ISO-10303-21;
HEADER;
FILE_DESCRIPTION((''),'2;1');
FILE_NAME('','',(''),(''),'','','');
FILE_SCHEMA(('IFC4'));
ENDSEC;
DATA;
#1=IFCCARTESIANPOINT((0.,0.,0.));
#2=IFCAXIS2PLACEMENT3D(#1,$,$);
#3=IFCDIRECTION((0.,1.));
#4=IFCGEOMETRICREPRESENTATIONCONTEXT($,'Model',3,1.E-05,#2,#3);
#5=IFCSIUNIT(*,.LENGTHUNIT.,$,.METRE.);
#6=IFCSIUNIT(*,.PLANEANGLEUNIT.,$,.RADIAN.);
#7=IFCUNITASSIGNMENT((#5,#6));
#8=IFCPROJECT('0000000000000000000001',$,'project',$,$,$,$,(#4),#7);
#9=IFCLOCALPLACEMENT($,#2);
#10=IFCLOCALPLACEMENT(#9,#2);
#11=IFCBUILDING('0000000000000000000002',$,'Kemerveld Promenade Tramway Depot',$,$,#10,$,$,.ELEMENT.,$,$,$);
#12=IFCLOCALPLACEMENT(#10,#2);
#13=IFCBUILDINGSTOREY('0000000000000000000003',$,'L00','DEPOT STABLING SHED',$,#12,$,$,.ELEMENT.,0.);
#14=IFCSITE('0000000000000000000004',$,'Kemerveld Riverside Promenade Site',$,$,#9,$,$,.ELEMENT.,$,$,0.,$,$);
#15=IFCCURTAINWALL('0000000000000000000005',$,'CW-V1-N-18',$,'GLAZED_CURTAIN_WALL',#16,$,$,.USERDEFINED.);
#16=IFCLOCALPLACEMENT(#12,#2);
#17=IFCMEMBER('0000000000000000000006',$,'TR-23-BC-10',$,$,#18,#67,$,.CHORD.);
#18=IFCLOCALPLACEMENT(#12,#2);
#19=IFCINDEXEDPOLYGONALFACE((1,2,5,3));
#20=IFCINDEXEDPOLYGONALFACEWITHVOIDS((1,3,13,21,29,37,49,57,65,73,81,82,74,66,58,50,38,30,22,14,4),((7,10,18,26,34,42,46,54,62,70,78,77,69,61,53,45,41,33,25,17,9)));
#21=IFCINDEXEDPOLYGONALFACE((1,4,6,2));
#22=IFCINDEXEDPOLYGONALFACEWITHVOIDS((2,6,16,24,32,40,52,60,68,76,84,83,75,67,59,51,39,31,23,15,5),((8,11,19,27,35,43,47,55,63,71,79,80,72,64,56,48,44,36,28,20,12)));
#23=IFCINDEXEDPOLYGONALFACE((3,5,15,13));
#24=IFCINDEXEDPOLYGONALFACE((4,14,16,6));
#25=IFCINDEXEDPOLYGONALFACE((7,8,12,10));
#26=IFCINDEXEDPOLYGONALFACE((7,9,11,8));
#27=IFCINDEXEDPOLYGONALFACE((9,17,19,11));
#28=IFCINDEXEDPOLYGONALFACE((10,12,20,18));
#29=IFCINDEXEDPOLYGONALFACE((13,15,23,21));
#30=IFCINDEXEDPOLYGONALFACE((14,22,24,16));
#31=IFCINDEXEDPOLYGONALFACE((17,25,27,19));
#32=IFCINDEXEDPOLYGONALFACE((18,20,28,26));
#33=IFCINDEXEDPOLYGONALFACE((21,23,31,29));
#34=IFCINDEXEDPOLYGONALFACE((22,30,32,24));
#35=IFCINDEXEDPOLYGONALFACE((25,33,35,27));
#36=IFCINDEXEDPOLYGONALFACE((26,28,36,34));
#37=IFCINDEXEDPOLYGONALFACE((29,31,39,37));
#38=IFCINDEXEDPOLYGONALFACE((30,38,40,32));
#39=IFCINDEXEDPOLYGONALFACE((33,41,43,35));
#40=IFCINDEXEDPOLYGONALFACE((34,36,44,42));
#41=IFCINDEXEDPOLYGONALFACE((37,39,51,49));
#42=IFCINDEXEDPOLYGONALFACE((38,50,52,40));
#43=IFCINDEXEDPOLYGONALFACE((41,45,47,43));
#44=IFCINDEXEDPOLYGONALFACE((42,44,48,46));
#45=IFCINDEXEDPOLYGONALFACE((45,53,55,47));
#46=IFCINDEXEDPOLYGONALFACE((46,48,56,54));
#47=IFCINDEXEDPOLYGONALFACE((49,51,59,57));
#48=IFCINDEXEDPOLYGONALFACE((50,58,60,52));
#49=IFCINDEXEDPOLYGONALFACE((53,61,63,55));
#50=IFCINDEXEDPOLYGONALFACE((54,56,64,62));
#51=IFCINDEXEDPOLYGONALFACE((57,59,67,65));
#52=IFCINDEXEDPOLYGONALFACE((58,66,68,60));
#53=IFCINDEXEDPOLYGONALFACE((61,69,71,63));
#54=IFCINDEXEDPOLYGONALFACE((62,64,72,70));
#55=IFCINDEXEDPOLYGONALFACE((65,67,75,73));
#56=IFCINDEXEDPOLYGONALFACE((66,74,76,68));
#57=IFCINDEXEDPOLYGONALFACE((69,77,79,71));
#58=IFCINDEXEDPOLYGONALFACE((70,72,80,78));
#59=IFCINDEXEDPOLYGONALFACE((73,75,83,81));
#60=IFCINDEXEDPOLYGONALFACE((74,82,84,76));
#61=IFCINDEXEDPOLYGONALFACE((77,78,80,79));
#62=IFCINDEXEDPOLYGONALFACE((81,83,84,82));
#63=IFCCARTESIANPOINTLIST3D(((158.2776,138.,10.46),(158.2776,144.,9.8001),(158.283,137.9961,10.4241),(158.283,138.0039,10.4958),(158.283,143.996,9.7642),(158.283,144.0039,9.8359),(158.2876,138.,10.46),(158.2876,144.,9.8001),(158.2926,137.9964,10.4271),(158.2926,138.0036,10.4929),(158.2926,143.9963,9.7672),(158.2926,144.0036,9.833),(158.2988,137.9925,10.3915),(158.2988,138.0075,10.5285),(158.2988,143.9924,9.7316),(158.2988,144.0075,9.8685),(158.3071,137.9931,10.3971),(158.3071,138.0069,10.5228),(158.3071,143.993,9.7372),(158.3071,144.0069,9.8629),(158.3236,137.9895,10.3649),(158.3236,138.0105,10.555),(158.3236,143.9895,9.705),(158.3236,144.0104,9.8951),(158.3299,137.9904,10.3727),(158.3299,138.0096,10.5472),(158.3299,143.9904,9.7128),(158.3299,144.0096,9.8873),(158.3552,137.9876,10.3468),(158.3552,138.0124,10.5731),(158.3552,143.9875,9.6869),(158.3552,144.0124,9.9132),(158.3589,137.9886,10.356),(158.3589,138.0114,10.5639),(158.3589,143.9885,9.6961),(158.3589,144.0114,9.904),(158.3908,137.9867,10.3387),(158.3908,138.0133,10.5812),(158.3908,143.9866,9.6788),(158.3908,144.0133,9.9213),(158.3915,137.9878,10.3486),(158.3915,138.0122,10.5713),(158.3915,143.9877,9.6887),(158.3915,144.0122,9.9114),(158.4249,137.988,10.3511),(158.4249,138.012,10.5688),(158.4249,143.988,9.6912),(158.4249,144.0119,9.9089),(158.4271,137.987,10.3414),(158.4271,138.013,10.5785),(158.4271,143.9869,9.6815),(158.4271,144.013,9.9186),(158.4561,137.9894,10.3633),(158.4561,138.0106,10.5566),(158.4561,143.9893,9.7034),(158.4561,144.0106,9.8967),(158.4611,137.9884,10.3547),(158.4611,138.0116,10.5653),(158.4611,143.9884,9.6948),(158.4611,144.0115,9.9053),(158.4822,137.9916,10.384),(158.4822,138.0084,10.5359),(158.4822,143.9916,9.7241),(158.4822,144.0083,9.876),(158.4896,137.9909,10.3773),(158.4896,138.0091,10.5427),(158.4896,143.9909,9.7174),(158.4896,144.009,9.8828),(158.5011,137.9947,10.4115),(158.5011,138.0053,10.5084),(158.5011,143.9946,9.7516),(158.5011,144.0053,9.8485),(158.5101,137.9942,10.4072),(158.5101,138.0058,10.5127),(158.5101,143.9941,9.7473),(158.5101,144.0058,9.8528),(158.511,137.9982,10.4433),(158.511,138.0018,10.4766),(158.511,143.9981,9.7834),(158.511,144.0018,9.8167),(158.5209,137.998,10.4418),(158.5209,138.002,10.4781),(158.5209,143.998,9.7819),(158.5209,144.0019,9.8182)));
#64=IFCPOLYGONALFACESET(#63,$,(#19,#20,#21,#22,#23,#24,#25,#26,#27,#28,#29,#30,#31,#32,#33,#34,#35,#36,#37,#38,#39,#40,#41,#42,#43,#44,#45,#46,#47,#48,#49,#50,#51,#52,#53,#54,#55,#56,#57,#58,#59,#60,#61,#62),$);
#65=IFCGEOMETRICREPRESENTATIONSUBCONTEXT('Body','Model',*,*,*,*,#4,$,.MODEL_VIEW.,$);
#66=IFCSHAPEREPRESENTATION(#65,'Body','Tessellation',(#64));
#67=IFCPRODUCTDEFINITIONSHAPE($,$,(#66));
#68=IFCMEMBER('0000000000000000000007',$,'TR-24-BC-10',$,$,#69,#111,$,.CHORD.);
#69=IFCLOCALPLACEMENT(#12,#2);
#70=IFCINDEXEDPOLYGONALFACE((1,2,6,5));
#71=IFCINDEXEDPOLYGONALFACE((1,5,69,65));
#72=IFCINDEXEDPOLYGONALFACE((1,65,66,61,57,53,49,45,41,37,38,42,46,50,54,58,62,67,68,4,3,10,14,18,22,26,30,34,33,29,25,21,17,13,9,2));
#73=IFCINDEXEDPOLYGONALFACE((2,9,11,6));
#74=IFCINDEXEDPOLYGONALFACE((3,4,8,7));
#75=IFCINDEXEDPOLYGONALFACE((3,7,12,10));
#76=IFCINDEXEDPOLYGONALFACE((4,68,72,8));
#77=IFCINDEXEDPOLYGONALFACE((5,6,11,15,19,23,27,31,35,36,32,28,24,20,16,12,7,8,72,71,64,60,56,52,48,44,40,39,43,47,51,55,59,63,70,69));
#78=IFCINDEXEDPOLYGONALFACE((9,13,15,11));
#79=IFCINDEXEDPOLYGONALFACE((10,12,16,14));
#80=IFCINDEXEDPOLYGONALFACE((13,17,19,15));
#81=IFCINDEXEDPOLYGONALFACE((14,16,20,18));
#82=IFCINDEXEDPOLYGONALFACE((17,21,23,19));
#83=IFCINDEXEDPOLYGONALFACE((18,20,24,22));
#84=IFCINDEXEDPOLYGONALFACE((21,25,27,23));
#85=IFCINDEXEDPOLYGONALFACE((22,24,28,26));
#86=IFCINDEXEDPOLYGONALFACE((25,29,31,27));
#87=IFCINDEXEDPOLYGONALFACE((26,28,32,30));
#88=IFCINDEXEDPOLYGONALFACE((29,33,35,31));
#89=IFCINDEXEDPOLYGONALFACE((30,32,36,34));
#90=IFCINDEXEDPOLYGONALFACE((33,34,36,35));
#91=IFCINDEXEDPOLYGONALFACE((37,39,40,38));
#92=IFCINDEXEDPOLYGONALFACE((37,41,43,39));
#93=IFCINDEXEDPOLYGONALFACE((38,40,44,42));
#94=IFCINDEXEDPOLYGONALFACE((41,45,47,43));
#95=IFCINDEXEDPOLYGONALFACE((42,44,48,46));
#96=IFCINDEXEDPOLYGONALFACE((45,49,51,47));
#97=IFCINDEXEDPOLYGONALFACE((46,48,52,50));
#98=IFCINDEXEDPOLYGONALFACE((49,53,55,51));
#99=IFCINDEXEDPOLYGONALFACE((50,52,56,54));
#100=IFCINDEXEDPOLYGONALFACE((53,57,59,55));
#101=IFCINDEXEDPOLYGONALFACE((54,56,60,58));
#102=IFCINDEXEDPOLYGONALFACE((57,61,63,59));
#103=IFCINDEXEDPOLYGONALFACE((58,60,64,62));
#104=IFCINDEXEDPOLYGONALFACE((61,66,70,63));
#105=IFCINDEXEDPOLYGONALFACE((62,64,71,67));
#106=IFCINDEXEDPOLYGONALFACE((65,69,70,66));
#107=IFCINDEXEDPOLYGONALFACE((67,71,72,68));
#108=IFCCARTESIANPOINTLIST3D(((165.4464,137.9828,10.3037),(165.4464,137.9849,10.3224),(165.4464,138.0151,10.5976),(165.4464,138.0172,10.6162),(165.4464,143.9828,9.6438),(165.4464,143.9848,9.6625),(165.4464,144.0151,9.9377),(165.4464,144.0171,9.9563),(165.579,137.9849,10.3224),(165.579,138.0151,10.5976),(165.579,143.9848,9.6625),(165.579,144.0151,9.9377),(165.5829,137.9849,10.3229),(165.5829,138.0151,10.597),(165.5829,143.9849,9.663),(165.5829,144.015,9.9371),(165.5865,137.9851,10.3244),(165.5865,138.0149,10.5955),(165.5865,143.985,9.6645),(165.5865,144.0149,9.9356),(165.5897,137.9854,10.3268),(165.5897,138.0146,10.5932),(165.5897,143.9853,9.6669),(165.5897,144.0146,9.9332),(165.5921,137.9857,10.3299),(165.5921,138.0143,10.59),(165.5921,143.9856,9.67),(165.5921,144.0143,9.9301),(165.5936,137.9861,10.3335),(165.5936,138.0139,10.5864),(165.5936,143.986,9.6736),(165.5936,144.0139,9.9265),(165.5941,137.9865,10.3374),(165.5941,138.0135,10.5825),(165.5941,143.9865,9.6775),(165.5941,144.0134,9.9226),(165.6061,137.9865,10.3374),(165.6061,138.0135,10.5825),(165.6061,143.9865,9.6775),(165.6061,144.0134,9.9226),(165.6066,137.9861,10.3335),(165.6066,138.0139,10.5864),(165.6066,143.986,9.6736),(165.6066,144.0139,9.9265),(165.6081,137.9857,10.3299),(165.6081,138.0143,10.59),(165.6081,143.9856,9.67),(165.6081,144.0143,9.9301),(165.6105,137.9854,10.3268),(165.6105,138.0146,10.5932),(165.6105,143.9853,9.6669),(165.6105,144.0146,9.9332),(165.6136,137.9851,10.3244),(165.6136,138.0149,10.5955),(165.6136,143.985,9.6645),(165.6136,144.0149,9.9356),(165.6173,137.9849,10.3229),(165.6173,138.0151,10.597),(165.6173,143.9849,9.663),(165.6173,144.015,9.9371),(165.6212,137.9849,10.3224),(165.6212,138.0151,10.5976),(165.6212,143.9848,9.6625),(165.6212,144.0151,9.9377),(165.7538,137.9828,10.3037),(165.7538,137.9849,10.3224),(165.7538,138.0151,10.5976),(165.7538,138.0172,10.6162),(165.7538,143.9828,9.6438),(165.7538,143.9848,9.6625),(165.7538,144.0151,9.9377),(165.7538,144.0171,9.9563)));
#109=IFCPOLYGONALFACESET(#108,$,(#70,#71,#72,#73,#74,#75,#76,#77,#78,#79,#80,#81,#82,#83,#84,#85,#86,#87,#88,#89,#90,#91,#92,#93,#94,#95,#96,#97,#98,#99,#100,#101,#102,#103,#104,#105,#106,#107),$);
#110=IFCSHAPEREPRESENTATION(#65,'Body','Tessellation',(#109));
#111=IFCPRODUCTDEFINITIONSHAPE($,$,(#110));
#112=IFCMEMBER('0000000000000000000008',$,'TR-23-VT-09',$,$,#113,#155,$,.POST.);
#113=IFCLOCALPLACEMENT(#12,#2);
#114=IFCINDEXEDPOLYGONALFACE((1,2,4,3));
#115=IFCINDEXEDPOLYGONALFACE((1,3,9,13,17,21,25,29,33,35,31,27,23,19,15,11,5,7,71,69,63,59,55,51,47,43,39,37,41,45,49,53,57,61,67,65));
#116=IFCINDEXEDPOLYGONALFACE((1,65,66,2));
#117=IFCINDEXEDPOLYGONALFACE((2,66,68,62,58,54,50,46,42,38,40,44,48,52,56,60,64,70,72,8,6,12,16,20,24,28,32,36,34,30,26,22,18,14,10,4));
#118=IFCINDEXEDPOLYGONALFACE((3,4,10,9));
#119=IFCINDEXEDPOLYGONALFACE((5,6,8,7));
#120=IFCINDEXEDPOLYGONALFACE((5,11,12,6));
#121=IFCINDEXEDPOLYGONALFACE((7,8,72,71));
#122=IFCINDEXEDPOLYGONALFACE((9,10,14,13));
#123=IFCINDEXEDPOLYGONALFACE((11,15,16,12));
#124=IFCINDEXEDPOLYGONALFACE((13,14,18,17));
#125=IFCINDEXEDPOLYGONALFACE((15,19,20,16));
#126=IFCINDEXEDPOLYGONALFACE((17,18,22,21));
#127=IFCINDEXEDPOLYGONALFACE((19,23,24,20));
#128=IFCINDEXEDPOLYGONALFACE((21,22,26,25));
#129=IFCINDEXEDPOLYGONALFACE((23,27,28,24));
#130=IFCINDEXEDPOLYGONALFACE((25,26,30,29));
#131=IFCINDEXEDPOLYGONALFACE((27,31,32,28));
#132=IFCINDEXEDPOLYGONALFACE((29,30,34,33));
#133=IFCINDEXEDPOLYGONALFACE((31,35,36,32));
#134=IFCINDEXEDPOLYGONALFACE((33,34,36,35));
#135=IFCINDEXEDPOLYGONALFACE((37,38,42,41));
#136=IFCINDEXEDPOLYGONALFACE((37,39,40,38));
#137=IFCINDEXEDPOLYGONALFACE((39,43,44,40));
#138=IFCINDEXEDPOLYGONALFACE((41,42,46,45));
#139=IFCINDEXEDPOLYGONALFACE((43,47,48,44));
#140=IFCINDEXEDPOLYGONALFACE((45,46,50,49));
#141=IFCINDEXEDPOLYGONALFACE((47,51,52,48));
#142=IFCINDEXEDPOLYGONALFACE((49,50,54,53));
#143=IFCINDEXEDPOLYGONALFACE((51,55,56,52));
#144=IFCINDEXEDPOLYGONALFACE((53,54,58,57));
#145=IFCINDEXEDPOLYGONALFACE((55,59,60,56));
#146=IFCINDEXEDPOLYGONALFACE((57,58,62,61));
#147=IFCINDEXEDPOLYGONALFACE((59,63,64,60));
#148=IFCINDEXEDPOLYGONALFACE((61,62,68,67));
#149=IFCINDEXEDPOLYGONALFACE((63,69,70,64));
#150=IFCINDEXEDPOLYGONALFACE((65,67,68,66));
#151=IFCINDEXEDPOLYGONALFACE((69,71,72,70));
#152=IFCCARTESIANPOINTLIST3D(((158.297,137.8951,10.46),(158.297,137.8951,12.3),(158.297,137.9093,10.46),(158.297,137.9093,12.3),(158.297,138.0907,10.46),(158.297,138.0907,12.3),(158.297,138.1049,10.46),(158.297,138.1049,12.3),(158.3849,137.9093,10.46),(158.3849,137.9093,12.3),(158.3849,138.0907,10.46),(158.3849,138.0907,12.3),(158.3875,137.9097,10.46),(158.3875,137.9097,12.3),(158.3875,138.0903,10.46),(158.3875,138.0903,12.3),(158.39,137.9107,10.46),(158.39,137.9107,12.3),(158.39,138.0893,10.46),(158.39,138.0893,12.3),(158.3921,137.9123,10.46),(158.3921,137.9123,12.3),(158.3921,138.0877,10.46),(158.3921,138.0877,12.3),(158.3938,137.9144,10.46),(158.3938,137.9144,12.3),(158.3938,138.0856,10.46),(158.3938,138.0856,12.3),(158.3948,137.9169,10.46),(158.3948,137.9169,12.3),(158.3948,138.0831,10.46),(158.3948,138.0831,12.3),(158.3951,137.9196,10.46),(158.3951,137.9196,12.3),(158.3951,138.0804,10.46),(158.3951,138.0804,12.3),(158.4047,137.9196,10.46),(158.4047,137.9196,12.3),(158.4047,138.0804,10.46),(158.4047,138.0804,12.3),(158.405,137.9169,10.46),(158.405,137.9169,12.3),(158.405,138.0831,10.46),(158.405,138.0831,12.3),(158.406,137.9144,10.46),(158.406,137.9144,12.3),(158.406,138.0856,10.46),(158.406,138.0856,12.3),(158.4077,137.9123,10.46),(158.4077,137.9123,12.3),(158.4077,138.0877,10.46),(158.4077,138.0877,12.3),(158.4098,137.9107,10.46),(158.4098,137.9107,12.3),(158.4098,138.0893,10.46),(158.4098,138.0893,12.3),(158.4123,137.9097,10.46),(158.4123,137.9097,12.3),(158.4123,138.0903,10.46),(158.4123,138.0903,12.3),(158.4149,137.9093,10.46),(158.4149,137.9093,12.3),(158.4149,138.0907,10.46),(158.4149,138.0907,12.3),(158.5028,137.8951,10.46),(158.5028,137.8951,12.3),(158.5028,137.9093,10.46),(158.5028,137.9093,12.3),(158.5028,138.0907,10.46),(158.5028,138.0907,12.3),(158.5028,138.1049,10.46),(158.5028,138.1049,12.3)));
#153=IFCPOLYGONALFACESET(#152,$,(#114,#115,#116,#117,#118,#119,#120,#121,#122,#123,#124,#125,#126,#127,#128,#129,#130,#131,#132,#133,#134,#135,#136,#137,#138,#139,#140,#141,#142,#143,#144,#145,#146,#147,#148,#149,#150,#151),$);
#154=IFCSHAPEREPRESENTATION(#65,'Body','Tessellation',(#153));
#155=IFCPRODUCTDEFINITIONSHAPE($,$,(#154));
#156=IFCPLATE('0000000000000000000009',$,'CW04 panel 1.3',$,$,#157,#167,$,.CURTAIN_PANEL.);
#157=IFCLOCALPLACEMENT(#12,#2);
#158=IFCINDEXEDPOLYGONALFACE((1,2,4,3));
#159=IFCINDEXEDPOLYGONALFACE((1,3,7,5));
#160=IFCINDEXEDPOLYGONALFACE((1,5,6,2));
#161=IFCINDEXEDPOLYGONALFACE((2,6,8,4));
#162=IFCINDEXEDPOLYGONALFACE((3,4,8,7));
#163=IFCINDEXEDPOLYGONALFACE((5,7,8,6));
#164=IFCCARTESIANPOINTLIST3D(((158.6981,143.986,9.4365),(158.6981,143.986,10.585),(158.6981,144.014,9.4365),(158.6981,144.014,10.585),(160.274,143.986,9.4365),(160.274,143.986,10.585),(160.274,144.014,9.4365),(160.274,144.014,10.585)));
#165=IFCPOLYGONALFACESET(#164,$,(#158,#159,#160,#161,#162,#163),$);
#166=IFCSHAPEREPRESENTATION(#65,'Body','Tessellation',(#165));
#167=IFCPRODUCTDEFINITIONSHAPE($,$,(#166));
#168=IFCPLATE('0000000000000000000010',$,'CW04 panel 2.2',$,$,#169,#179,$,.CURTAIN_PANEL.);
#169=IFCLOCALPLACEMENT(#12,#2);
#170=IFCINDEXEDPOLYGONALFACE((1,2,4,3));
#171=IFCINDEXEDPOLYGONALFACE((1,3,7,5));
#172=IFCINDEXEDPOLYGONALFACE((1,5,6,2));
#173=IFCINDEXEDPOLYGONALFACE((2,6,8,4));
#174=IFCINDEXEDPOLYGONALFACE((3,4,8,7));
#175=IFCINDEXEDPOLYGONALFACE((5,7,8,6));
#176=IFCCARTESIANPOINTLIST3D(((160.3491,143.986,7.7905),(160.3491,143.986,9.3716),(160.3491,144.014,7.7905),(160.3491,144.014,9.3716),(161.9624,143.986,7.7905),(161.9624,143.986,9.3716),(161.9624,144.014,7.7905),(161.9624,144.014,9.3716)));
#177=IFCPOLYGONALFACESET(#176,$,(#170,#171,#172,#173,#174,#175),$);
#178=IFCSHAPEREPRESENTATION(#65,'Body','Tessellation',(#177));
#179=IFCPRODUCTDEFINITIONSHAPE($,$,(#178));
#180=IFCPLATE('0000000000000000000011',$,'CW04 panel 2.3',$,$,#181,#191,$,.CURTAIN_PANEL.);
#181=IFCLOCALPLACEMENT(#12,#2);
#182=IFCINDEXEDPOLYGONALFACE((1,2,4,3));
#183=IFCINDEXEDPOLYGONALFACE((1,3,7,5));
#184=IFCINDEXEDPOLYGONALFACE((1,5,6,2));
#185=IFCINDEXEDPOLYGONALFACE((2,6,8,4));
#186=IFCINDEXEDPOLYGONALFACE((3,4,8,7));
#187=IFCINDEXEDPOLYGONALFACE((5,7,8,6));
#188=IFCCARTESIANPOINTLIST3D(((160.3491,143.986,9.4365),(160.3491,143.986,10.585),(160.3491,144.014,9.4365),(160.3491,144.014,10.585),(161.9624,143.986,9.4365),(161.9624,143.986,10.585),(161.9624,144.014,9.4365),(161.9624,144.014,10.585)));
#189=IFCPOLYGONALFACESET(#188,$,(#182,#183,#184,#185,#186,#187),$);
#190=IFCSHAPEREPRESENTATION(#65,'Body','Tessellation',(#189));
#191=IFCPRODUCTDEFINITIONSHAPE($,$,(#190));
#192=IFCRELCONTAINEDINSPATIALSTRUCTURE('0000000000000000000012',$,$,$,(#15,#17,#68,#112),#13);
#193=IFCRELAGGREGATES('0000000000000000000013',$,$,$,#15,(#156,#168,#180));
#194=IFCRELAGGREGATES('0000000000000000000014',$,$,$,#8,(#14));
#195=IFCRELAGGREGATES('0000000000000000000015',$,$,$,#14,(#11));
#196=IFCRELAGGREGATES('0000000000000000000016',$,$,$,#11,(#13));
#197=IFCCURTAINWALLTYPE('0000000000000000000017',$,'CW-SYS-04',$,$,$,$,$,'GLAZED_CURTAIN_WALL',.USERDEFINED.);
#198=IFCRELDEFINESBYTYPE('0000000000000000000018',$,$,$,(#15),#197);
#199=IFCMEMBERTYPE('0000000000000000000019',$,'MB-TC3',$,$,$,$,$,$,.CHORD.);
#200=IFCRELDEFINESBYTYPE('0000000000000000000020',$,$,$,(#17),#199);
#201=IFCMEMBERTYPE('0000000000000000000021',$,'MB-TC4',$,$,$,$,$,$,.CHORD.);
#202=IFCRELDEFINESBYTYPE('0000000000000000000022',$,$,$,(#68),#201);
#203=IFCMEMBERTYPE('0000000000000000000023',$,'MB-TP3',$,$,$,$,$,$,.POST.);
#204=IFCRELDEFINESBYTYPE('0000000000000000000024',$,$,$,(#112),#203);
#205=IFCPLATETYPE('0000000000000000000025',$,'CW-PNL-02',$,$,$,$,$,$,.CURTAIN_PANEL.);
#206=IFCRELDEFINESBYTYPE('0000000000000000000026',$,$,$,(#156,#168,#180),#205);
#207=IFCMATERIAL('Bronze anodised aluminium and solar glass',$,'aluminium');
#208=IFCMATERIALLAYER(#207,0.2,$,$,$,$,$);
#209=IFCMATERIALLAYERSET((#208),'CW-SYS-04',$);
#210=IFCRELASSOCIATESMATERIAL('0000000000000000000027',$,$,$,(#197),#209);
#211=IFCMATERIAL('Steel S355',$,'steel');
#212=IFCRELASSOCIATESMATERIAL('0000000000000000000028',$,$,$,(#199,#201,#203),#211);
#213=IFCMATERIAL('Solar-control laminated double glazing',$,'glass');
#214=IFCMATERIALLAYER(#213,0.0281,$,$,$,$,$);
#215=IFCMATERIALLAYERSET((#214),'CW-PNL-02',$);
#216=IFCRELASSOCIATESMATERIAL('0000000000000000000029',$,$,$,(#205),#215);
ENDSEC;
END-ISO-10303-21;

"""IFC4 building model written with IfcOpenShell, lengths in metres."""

from ifc_helpers import new_model, si_unit, direction, frame, origin, origin_2d, place, context, subcontext, project, spatial, rectangle, hollow_circle, i_section, extrude, material, layer, layer_set, material_profile, profile_set, type_object, element, aggregate, save


model = new_model("IFC4")

# Units and contexts
model_context = context("Model", 3, precision=1e-05, world=origin(), true_north=direction((0.0, 1.0)))
body_context = subcontext(model_context, "Body", "Model", "MODEL_VIEW")
ifc_project = project(units=[si_unit("LENGTHUNIT", "METRE"), si_unit("PLANEANGLEUNIT", "RADIAN")], contexts=[model_context])

# Site, building, storey
site_placement = place(None, origin())
site = spatial("IfcSite", under=ifc_project, at=site_placement, Name="Kemerveld Riverside Promenade Site", CompositionType="ELEMENT", RefElevation=0.0)
building_placement = place(site_placement, origin())
building = spatial("IfcBuilding", under=site, at=building_placement, Name="Kemerveld Promenade Tramway Depot", CompositionType="ELEMENT")
storey_placement = place(building_placement, origin())
storey = spatial("IfcBuildingStorey", under=building, at=storey_placement, Name="L00", Description="DEPOT STABLING SHED", CompositionType="ELEMENT", Elevation=0.0)

# Shared definitions
ifc_material_1 = material(Name="Steel S355", Category="steel")

# Shared definitions
ifc_material_2 = material(Name="Bronze anodised aluminium and solar glass", Category="aluminium")

# Curtain wall
ifc_layer_1 = layer(ifc_material_2, 0.2)
ifc_layer_set_1 = layer_set([ifc_layer_1], Name="CW-SYS-04")
curtain_wall_type_1 = type_object("IfcCurtainWallType", Name="CW-SYS-04", ElementType="GLAZED_CURTAIN_WALL", PredefinedType="USERDEFINED", material=ifc_layer_set_1)
curtain_wall_1_placement = place(storey_placement, origin())
curtain_wall_1 = element("IfcCurtainWall", 1, at=curtain_wall_1_placement, inside=storey, type_object=curtain_wall_type_1, Name="CW-V1-N-18", ObjectType="GLAZED_CURTAIN_WALL", PredefinedType="USERDEFINED")

# Members
ifc_material_profile_1 = material_profile(ifc_material_1, hollow_circle(Radius=0.1223, WallThickness=0.01, at=origin_2d()), Name="244.5x10.0 CHS")
ifc_profile_set_1 = profile_set([ifc_material_profile_1], Name="Steel S355")
member_type_1 = type_object("IfcMemberType", Name="MB-TC3", PredefinedType="CHORD", material=ifc_profile_set_1)
member_1_placement = place(storey_placement, frame((158.3999, 138.0, 10.46), z_axis=(0.0, 0.994006, -0.109326), x_axis=(-1.0, 0.0, 0.0)))
element("IfcMember", 2, at=member_1_placement, inside=storey, type_object=member_type_1, Name="TR-23-BC-10", PredefinedType="CHORD", context=body_context, shape_type="SweptSolid", body=[
    extrude(hollow_circle(Radius=0.1223, WallThickness=0.01, at=origin_2d()), origin(), (0.0, 0.0, 1.0), 6.0361),
])
ifc_material_profile_2 = material_profile(ifc_material_1, i_section(OverallWidth=0.3074, OverallDepth=0.3145, WebThickness=0.012, FlangeThickness=0.0188, FilletRadius=0.0151, at=origin_2d()), Name="305x305x118 UC")
ifc_profile_set_2 = profile_set([ifc_material_profile_2], Name="Steel S355")
member_type_2 = type_object("IfcMemberType", Name="MB-TC4", PredefinedType="CHORD", material=ifc_profile_set_2)
member_2_placement = place(storey_placement, frame((165.6001, 138.0, 10.46), z_axis=(0.0, 0.994006, -0.109326), x_axis=(-1.0, 0.0, 0.0)))
element("IfcMember", 3, at=member_2_placement, inside=storey, type_object=member_type_2, Name="TR-24-BC-10", PredefinedType="CHORD", context=body_context, shape_type="SweptSolid", body=[
    extrude(i_section(OverallWidth=0.3074, OverallDepth=0.3145, WebThickness=0.012, FlangeThickness=0.0188, FilletRadius=0.0151, at=origin_2d()), origin(), (0.0, 0.0, 1.0), 6.0361),
])
ifc_material_profile_3 = material_profile(ifc_material_1, i_section(OverallWidth=0.2058, OverallDepth=0.2097, WebThickness=0.0095, FlangeThickness=0.0142, FilletRadius=0.0103, at=origin_2d()), Name="203x203x60 UC")
ifc_profile_set_3 = profile_set([ifc_material_profile_3], Name="Steel S355")
member_type_3 = type_object("IfcMemberType", Name="MB-TP3", PredefinedType="POST", material=ifc_profile_set_3)
member_3_placement = place(storey_placement, frame((158.3999, 138.0, 10.46), z_axis=(0.0, 0.0, 1.0), x_axis=(1.0, 0.0, 0.0)))
element("IfcMember", 4, at=member_3_placement, inside=storey, type_object=member_type_3, Name="TR-23-VT-09", PredefinedType="POST", context=body_context, shape_type="SweptSolid", body=[
    extrude(i_section(OverallWidth=0.2058, OverallDepth=0.2097, WebThickness=0.0095, FlangeThickness=0.0142, FilletRadius=0.0103, at=origin_2d()), origin(), (0.0, 0.0, 1.0), 1.8401),
])

# Plates
ifc_material_3 = material(Name="Solar-control laminated double glazing", Category="glass")
ifc_layer_2 = layer(ifc_material_3, 0.0281)
ifc_layer_set_2 = layer_set([ifc_layer_2], Name="CW-PNL-02")
plate_type_1 = type_object("IfcPlateType", Name="CW-PNL-02", PredefinedType="CURTAIN_PANEL", material=ifc_layer_set_2)
plate_1_placement = place(storey_placement, frame((159.4861, 144.0, 9.4365), z_axis=(0.0, 0.0, 1.0), x_axis=(1.0, 0.0, 0.0)))
plate_1 = element("IfcPlate", 5, at=plate_1_placement, type_object=plate_type_1, Name="CW04 panel 1.3", PredefinedType="CURTAIN_PANEL", context=body_context, shape_type="SweptSolid", body=[
    extrude(rectangle(XDim=1.5759, YDim=0.0281, at=origin_2d()), origin(), (0.0, 0.0, 1.0), 1.1484),
])
plate_2_placement = place(storey_placement, frame((161.1558, 144.0, 7.7905), z_axis=(0.0, 0.0, 1.0), x_axis=(1.0, 0.0, 0.0)))
plate_2 = element("IfcPlate", 6, at=plate_2_placement, type_object=plate_type_1, Name="CW04 panel 2.2", PredefinedType="CURTAIN_PANEL", context=body_context, shape_type="SweptSolid", body=[
    extrude(rectangle(XDim=1.6133, YDim=0.0281, at=origin_2d()), origin(), (0.0, 0.0, 1.0), 1.5811),
])
plate_3_placement = place(storey_placement, frame((161.1558, 144.0, 9.4365), z_axis=(0.0, 0.0, 1.0), x_axis=(1.0, 0.0, 0.0)))
plate_3 = element("IfcPlate", 7, at=plate_3_placement, type_object=plate_type_1, Name="CW04 panel 2.3", PredefinedType="CURTAIN_PANEL", context=body_context, shape_type="SweptSolid", body=[
    extrude(rectangle(XDim=1.6133, YDim=0.0281, at=origin_2d()), origin(), (0.0, 0.0, 1.0), 1.1484),
])
aggregate(curtain_wall_1, [plate_1, plate_2, plate_3])

save(model, "model.ifc")
